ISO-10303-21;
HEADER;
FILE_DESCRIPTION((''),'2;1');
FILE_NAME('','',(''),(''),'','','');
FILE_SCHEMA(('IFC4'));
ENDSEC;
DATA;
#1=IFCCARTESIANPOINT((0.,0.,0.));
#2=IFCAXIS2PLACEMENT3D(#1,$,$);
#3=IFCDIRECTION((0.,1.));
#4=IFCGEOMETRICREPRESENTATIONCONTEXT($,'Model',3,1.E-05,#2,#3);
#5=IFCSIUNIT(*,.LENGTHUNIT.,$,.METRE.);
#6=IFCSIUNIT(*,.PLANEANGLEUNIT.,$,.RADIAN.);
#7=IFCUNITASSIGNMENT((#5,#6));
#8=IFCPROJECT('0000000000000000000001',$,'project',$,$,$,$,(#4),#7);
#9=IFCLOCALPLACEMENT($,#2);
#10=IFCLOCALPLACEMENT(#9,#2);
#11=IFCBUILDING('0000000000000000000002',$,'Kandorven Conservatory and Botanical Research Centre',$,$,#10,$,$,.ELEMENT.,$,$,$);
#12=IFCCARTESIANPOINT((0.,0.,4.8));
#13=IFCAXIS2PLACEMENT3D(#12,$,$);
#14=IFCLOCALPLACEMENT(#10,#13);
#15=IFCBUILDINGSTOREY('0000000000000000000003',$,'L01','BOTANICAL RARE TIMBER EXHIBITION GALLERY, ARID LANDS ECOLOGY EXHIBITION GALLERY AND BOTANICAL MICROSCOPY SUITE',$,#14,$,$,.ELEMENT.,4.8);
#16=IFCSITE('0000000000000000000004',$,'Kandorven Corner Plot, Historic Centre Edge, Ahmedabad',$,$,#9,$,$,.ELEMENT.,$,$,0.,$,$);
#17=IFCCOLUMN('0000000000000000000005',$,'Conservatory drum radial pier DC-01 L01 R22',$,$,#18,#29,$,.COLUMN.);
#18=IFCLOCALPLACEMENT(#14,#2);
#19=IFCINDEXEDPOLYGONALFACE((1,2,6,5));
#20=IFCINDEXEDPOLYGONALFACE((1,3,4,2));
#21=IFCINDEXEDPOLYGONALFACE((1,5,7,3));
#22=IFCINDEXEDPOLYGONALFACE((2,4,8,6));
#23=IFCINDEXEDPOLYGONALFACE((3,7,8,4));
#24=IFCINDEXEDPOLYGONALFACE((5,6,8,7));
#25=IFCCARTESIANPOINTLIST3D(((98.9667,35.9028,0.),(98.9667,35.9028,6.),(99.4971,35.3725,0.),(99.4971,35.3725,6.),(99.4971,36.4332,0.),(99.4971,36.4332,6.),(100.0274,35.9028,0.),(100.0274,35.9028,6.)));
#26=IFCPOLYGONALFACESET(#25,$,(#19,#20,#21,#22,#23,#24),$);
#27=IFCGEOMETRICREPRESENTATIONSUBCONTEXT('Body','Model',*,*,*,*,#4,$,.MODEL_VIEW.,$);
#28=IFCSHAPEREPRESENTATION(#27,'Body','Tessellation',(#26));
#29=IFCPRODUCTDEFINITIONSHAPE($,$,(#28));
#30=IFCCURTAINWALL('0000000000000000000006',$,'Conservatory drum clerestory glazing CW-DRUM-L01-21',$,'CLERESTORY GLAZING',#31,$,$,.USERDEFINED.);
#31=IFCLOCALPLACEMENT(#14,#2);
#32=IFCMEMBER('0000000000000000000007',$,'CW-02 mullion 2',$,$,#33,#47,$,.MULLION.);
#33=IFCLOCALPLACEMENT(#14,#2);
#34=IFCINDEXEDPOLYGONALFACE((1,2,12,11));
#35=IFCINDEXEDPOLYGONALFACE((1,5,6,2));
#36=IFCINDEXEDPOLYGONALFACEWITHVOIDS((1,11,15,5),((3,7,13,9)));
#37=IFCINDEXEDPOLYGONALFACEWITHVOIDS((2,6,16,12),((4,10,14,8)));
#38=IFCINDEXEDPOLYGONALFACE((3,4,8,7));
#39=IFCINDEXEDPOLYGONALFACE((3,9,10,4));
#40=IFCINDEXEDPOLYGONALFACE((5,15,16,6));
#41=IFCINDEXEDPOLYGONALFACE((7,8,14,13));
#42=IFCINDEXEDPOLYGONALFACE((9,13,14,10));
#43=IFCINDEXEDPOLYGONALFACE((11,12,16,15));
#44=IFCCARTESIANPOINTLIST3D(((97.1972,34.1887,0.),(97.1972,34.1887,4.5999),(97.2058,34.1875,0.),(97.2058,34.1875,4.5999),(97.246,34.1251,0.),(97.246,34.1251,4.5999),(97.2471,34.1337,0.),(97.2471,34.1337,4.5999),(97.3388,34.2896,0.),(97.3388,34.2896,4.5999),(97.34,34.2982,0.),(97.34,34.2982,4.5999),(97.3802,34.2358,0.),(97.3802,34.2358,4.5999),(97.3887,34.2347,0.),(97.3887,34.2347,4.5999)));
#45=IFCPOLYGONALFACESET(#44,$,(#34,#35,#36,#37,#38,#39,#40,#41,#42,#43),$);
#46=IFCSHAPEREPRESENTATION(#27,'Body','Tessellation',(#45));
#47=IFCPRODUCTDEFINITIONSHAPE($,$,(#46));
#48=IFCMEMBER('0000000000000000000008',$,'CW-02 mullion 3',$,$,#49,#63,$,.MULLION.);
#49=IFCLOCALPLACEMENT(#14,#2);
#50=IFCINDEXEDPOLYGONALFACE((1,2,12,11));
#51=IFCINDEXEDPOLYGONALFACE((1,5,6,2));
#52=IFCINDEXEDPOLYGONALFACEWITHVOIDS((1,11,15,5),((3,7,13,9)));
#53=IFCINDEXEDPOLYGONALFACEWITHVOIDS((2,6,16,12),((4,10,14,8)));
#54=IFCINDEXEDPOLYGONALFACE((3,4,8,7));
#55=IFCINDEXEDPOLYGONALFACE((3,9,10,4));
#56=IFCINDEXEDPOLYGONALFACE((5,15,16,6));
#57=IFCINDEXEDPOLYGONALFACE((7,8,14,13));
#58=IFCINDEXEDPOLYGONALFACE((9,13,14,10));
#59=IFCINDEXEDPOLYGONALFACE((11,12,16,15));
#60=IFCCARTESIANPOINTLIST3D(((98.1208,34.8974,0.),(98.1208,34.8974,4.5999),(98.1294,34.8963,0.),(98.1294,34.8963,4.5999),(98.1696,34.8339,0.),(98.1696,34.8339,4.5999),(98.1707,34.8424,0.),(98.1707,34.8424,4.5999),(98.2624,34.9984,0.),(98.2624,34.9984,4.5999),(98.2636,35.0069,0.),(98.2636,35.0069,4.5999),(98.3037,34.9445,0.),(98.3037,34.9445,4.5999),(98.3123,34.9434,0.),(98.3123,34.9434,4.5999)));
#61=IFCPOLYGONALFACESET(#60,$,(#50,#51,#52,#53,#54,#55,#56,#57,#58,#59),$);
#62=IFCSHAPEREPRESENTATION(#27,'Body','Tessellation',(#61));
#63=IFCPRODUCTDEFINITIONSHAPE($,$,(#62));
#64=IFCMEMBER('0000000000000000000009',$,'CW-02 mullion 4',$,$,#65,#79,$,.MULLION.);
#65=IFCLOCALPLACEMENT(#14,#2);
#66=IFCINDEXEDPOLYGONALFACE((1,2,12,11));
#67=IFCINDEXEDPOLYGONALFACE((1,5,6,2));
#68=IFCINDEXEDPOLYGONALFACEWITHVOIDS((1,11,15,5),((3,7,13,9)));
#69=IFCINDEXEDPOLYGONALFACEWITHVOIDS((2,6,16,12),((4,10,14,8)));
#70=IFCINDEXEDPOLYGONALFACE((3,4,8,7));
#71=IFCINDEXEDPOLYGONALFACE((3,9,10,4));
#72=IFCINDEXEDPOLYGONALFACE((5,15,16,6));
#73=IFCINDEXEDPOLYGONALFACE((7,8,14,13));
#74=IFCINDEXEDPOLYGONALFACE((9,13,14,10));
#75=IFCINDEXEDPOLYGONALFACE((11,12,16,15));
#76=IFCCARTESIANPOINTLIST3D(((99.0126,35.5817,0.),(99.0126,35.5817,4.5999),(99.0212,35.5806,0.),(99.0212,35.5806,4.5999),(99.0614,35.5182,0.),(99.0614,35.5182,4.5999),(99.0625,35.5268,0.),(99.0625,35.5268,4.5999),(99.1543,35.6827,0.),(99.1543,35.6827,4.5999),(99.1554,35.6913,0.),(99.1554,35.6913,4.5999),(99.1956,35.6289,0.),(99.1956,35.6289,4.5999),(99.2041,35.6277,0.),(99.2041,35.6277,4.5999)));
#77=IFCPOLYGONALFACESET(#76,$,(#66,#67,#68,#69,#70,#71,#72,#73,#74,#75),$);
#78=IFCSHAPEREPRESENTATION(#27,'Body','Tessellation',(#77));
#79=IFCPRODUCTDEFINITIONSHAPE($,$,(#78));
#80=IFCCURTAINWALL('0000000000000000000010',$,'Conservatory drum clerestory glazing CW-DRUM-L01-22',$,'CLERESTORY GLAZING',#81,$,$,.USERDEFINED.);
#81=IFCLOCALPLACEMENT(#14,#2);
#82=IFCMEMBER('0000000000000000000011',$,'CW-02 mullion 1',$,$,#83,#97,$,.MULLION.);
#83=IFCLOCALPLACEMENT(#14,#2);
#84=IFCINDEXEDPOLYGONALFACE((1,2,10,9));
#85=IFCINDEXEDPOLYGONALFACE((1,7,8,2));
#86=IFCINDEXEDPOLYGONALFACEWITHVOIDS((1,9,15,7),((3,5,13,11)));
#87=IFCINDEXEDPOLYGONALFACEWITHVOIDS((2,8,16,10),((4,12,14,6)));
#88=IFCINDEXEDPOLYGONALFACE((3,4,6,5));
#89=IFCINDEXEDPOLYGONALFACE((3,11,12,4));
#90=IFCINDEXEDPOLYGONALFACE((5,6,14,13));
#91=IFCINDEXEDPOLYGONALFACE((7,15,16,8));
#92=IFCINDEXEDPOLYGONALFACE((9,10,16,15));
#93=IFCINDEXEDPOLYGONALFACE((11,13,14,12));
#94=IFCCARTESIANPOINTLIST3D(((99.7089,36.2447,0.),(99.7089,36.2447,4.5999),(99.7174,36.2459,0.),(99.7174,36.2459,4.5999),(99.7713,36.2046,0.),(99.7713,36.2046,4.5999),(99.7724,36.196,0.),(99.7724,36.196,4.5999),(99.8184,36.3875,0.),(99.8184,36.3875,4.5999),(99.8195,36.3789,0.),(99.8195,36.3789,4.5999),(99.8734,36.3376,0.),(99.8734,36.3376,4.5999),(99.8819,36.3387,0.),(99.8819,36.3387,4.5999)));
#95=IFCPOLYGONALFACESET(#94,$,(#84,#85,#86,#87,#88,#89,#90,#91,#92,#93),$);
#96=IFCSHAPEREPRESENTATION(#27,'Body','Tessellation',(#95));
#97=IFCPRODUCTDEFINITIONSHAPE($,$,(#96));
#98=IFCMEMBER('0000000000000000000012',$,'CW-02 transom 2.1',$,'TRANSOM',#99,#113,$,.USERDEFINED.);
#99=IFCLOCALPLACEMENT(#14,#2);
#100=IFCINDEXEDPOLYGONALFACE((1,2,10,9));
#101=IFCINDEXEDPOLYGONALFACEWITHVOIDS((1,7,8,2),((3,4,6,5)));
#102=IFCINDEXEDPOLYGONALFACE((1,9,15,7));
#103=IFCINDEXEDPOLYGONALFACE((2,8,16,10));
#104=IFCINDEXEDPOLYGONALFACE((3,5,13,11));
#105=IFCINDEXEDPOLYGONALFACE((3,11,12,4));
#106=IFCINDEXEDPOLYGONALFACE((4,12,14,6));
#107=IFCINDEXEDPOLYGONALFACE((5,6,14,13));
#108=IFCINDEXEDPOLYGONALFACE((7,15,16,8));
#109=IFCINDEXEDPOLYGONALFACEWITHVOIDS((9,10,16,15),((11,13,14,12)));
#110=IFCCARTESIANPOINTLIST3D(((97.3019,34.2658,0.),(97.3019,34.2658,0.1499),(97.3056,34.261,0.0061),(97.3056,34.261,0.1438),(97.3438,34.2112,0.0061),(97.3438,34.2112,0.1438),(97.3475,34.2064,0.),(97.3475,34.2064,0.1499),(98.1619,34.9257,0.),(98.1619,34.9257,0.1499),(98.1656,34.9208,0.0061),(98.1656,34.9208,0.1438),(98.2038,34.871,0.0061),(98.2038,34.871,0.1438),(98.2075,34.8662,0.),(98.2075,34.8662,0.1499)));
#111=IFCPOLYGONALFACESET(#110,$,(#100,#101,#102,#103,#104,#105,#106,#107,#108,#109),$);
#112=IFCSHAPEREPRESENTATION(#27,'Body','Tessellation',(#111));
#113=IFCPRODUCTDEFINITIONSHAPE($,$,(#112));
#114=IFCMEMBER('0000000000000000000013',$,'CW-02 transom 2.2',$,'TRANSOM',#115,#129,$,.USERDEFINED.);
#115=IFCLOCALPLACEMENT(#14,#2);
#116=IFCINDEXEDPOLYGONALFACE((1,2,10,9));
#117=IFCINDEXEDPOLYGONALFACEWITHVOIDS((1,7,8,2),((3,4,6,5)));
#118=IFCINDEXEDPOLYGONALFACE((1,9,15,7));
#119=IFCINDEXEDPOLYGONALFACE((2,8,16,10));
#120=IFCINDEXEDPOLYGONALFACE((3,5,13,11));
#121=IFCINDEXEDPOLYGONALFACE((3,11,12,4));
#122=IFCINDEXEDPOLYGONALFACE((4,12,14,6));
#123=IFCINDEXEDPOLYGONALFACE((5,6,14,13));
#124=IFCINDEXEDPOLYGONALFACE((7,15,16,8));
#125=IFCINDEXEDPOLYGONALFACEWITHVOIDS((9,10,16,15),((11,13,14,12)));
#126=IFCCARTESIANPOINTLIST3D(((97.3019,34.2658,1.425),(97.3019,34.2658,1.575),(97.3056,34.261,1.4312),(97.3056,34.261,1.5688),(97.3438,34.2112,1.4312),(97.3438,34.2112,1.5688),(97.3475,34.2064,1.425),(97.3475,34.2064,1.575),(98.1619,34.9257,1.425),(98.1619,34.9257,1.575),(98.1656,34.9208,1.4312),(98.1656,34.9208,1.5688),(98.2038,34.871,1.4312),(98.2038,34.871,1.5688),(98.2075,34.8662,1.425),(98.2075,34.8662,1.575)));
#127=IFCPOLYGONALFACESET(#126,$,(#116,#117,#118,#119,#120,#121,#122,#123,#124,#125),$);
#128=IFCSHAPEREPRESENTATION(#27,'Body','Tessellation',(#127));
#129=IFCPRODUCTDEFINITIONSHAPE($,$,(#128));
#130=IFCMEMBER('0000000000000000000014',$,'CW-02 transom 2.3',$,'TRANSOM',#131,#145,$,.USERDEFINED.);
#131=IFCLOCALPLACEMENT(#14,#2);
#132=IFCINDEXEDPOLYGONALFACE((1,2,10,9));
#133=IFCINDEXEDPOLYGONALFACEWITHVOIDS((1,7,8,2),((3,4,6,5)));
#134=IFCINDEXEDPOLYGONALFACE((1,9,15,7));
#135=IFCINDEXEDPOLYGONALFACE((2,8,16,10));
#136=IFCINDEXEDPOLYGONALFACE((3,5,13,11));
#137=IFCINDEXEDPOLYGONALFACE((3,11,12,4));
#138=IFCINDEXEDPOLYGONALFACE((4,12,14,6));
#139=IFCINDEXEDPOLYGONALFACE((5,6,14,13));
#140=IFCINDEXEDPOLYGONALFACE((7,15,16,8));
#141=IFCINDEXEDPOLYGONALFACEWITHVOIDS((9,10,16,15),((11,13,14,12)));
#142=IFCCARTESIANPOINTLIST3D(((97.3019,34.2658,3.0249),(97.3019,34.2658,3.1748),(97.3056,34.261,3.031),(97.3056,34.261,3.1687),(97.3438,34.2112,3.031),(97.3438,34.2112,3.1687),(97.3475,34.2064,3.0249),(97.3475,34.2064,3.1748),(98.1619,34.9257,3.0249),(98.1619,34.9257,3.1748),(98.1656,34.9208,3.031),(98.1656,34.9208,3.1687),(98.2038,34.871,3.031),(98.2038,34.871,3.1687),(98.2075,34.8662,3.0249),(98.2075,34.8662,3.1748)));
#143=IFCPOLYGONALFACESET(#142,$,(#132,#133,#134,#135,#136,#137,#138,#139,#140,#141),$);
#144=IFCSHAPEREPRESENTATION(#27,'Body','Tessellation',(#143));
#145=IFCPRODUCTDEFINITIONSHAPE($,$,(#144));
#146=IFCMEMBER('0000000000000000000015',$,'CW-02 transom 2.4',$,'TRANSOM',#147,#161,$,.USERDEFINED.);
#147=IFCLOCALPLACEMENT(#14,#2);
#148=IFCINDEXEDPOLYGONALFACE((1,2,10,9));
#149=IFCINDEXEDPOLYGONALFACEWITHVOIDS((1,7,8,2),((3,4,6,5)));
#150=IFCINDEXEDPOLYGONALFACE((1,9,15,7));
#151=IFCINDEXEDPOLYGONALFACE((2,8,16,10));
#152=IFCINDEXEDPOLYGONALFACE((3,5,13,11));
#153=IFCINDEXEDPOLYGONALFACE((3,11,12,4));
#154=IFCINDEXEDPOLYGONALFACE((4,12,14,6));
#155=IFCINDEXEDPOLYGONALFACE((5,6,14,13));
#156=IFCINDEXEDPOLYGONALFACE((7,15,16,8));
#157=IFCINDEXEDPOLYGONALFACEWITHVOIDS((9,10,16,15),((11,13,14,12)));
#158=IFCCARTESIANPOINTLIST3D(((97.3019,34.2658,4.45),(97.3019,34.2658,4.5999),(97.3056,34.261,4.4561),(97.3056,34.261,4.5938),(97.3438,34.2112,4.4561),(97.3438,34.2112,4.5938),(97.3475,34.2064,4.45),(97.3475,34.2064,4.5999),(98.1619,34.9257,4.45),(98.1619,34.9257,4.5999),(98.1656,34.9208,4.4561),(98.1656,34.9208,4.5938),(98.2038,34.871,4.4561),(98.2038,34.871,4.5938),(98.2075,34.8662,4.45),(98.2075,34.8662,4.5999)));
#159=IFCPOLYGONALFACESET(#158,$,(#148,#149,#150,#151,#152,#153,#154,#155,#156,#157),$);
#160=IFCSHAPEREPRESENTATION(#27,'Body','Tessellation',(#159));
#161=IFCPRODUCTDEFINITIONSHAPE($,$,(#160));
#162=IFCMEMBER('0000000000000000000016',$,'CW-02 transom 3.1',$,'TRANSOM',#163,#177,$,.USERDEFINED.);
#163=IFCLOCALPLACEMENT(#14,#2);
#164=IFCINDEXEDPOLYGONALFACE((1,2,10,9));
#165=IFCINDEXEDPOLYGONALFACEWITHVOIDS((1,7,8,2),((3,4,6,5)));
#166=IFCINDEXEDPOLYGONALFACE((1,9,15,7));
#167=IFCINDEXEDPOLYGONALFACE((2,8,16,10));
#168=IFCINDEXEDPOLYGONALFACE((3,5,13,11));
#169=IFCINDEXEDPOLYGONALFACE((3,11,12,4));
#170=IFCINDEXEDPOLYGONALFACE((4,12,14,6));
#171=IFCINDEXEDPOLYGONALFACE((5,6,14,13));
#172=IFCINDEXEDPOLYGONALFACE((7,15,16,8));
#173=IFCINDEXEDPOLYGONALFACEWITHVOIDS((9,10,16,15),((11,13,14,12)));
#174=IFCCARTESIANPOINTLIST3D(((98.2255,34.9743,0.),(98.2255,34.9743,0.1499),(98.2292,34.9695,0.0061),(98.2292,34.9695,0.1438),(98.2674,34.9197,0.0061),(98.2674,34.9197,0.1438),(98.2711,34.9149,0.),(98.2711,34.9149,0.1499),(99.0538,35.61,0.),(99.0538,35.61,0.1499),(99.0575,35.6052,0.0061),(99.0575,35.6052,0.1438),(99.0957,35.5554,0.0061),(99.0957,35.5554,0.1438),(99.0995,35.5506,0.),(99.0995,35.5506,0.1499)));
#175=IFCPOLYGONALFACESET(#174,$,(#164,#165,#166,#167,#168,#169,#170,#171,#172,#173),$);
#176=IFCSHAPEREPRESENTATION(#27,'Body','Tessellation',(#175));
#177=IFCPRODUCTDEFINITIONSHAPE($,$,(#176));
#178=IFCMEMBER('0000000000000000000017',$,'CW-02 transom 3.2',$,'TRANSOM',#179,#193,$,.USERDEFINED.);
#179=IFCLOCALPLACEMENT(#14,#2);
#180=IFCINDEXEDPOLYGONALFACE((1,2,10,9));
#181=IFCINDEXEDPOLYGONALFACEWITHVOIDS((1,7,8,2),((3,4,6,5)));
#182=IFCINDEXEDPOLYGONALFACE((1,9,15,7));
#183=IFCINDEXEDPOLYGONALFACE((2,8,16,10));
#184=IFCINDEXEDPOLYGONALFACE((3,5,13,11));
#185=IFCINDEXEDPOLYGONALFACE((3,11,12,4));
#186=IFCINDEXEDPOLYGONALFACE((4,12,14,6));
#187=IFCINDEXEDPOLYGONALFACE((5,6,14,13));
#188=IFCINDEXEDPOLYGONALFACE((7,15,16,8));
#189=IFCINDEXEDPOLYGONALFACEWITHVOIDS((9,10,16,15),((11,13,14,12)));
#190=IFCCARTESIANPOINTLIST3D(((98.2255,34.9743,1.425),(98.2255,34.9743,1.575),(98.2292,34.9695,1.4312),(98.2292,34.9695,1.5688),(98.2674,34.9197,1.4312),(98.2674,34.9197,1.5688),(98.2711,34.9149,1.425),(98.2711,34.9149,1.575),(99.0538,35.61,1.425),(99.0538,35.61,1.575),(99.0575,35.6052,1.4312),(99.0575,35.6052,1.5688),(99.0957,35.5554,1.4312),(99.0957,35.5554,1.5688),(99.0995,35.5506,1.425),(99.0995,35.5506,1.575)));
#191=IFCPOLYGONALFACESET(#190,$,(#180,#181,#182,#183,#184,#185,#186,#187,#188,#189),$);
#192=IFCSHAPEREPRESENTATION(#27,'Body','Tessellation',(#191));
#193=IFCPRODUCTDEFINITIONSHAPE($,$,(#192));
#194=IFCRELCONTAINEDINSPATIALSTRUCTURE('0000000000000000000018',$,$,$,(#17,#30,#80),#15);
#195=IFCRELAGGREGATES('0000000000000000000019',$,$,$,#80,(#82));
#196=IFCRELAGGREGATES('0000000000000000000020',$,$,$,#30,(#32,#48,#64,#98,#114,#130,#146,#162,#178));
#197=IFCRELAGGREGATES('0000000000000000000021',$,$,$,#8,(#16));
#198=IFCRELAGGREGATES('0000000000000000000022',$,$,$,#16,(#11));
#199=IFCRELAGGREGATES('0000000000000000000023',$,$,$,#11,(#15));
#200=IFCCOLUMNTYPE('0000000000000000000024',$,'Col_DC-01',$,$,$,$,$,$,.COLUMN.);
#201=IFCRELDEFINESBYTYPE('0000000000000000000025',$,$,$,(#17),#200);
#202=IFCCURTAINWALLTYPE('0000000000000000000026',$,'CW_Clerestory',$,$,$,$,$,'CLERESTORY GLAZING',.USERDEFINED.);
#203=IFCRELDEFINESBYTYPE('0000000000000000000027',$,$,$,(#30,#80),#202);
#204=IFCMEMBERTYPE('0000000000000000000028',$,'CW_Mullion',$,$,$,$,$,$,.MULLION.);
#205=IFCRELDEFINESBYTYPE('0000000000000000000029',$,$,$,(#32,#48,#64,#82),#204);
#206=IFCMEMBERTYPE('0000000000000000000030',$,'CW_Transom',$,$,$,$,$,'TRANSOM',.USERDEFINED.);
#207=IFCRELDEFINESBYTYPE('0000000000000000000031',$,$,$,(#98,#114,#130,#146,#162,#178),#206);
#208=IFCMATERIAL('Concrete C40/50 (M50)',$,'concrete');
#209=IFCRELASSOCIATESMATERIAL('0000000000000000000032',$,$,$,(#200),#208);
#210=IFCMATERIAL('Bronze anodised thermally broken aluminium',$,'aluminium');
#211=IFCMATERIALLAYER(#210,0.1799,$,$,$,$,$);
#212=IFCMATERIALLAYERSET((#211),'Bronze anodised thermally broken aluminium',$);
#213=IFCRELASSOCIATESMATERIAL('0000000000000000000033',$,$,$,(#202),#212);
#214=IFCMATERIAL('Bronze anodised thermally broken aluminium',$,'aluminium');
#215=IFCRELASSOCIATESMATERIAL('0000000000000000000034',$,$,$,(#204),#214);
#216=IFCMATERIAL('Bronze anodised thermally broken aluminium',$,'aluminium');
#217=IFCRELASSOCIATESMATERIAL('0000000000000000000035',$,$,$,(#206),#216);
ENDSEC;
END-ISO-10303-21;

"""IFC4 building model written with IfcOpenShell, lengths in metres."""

from ifc_helpers import new_model, si_unit, direction, frame, origin, origin_2d, place, context, subcontext, project, spatial, rectangle, hollow_rectangle, extrude, material, layer, layer_set, material_profile, profile_set, type_object, element, aggregate, save


model = new_model("IFC4")

# Units and contexts
model_context = context("Model", 3, precision=1e-05, world=origin(), true_north=direction((0.0, 1.0)))
body_context = subcontext(model_context, "Body", "Model", "MODEL_VIEW")
ifc_project = project(units=[si_unit("LENGTHUNIT", "METRE"), si_unit("PLANEANGLEUNIT", "RADIAN")], contexts=[model_context])

# Site, building, storey
site_placement = place(None, origin())
site = spatial("IfcSite", under=ifc_project, at=site_placement, Name="Kandorven Corner Plot, Historic Centre Edge, Ahmedabad", CompositionType="ELEMENT", RefElevation=0.0)
building_placement = place(site_placement, origin())
building = spatial("IfcBuilding", under=site, at=building_placement, Name="Kandorven Conservatory and Botanical Research Centre", CompositionType="ELEMENT")
storey_placement = place(building_placement, frame((0.0, 0.0, 4.8)))
storey = spatial("IfcBuildingStorey", under=building, at=storey_placement, Name="L01", Description="BOTANICAL RARE TIMBER EXHIBITION GALLERY, ARID LANDS ECOLOGY EXHIBITION GALLERY AND BOTANICAL MICROSCOPY SUITE", CompositionType="ELEMENT", Elevation=4.8)

# Column
ifc_material_1 = material(Name="Concrete C40/50 (M50)", Category="concrete")
ifc_material_profile_1 = material_profile(ifc_material_1, rectangle(XDim=0.75, YDim=0.75, at=origin_2d()))
ifc_profile_set_1 = profile_set([ifc_material_profile_1], Name="Concrete C40/50 (M50)")
column_type = type_object("IfcColumnType", Name="Col_DC-01", PredefinedType="COLUMN", material=ifc_profile_set_1)
column_placement = place(storey_placement, frame((99.4971, 35.9028, 0.0), z_axis=(0.0, 0.0, 1.0), x_axis=(0.707107, -0.707107, 0.0)))
element("IfcColumn", 1, at=column_placement, inside=storey, type_object=column_type, Name="Conservatory drum radial pier DC-01 L01 R22", PredefinedType="COLUMN", context=body_context, shape_type="SweptSolid", body=[
    extrude(rectangle(XDim=0.75, YDim=0.75, at=origin_2d()), origin(), (0.0, 0.0, 1.0), 6.0),
])

# Curtain wall, members
ifc_material_2 = material(Name="Bronze anodised thermally broken aluminium", Category="aluminium")
ifc_layer_1 = layer(ifc_material_2, 0.1799)
ifc_layer_set_1 = layer_set([ifc_layer_1], Name="Bronze anodised thermally broken aluminium")
curtain_wall_type = type_object("IfcCurtainWallType", Name="CW_Clerestory", ElementType="CLERESTORY GLAZING", PredefinedType="USERDEFINED", material=ifc_layer_set_1)
curtain_wall_1_placement = place(storey_placement, origin())
curtain_wall_1 = element("IfcCurtainWall", 2, at=curtain_wall_1_placement, inside=storey, type_object=curtain_wall_type, Name="Conservatory drum clerestory glazing CW-DRUM-L01-21", ObjectType="CLERESTORY GLAZING", PredefinedType="USERDEFINED")
ifc_material_3 = material(Name="Bronze anodised thermally broken aluminium", Category="aluminium")
ifc_material_profile_2 = material_profile(ifc_material_3, hollow_rectangle(XDim=0.0801, YDim=0.1799, WallThickness=0.0061, at=origin_2d()))
ifc_profile_set_2 = profile_set([ifc_material_profile_2], Name="Bronze anodised thermally broken aluminium")
member_type_1 = type_object("IfcMemberType", Name="CW_Mullion", PredefinedType="MULLION", material=ifc_profile_set_2)
member_1_placement = place(storey_placement, frame((97.293, 34.2117, 0.0), z_axis=(0.0, 0.0, 1.0), x_axis=(-0.608769, 0.793347, 0.0)))
member_1 = element("IfcMember", 3, at=member_1_placement, type_object=member_type_1, Name="CW-02 mullion 2", PredefinedType="MULLION", context=body_context, shape_type="SweptSolid", body=[
    extrude(hollow_rectangle(XDim=0.0801, YDim=0.1799, WallThickness=0.0061, at=origin_2d()), origin(), (0.0, 0.0, 1.0), 4.5999),
])
member_2_placement = place(storey_placement, frame((98.2166, 34.9204, 0.0), z_axis=(0.0, 0.0, 1.0), x_axis=(-0.608769, 0.793347, 0.0)))
member_2 = element("IfcMember", 4, at=member_2_placement, type_object=member_type_1, Name="CW-02 mullion 3", PredefinedType="MULLION", context=body_context, shape_type="SweptSolid", body=[
    extrude(hollow_rectangle(XDim=0.0801, YDim=0.1799, WallThickness=0.0061, at=origin_2d()), origin(), (0.0, 0.0, 1.0), 4.5999),
])
member_3_placement = place(storey_placement, frame((99.1084, 35.6047, 0.0), z_axis=(0.0, 0.0, 1.0), x_axis=(-0.608769, 0.793347, 0.0)))
member_3 = element("IfcMember", 5, at=member_3_placement, type_object=member_type_1, Name="CW-02 mullion 4", PredefinedType="MULLION", context=body_context, shape_type="SweptSolid", body=[
    extrude(hollow_rectangle(XDim=0.0801, YDim=0.1799, WallThickness=0.0061, at=origin_2d()), origin(), (0.0, 0.0, 1.0), 4.5999),
])

# Curtain wall, member
curtain_wall_2_placement = place(storey_placement, origin())
curtain_wall_2 = element("IfcCurtainWall", 6, at=curtain_wall_2_placement, inside=storey, type_object=curtain_wall_type, Name="Conservatory drum clerestory glazing CW-DRUM-L01-22", ObjectType="CLERESTORY GLAZING", PredefinedType="USERDEFINED")
member_4_placement = place(storey_placement, frame((99.7954, 36.2917, 0.0), z_axis=(0.0, 0.0, 1.0), x_axis=(-0.793347, 0.608769, 0.0)))
member_4 = element("IfcMember", 7, at=member_4_placement, type_object=member_type_1, Name="CW-02 mullion 1", PredefinedType="MULLION", context=body_context, shape_type="SweptSolid", body=[
    extrude(hollow_rectangle(XDim=0.0801, YDim=0.1799, WallThickness=0.0061, at=origin_2d()), origin(), (0.0, 0.0, 1.0), 4.5999),
])

# Members
ifc_material_4 = material(Name="Bronze anodised thermally broken aluminium", Category="aluminium")
ifc_material_profile_3 = material_profile(ifc_material_4, hollow_rectangle(XDim=0.075, YDim=0.1499, WallThickness=0.0061, at=origin_2d()))
ifc_profile_set_3 = profile_set([ifc_material_profile_3], Name="Bronze anodised thermally broken aluminium")
member_type_2 = type_object("IfcMemberType", Name="CW_Transom", ElementType="TRANSOM", PredefinedType="USERDEFINED", material=ifc_profile_set_3)
member_5_placement = place(storey_placement, frame((97.3247, 34.2361, 0.075), z_axis=(0.793385, 0.60872, 0.0), x_axis=(-0.60872, 0.793385, 0.0)))
member_5 = element("IfcMember", 8, at=member_5_placement, type_object=member_type_2, Name="CW-02 transom 2.1", ObjectType="TRANSOM", PredefinedType="USERDEFINED", context=body_context, shape_type="SweptSolid", body=[
    extrude(hollow_rectangle(XDim=0.075, YDim=0.1499, WallThickness=0.0061, at=origin_2d()), origin(), (0.0, 0.0, 1.0), 1.084),
])
member_6_placement = place(storey_placement, frame((97.3247, 34.2361, 1.5), z_axis=(0.793385, 0.60872, 0.0), x_axis=(-0.60872, 0.793385, 0.0)))
member_6 = element("IfcMember", 9, at=member_6_placement, type_object=member_type_2, Name="CW-02 transom 2.2", ObjectType="TRANSOM", PredefinedType="USERDEFINED", context=body_context, shape_type="SweptSolid", body=[
    extrude(hollow_rectangle(XDim=0.075, YDim=0.1499, WallThickness=0.0061, at=origin_2d()), origin(), (0.0, 0.0, 1.0), 1.084),
])
member_7_placement = place(storey_placement, frame((97.3247, 34.2361, 3.0999), z_axis=(0.793385, 0.60872, 0.0), x_axis=(-0.60872, 0.793385, 0.0)))
member_7 = element("IfcMember", 10, at=member_7_placement, type_object=member_type_2, Name="CW-02 transom 2.3", ObjectType="TRANSOM", PredefinedType="USERDEFINED", context=body_context, shape_type="SweptSolid", body=[
    extrude(hollow_rectangle(XDim=0.075, YDim=0.1499, WallThickness=0.0061, at=origin_2d()), origin(), (0.0, 0.0, 1.0), 1.084),
])
member_8_placement = place(storey_placement, frame((97.3247, 34.2361, 4.5249), z_axis=(0.793385, 0.60872, 0.0), x_axis=(-0.60872, 0.793385, 0.0)))
member_8 = element("IfcMember", 11, at=member_8_placement, type_object=member_type_2, Name="CW-02 transom 2.4", ObjectType="TRANSOM", PredefinedType="USERDEFINED", context=body_context, shape_type="SweptSolid", body=[
    extrude(hollow_rectangle(XDim=0.075, YDim=0.1499, WallThickness=0.0061, at=origin_2d()), origin(), (0.0, 0.0, 1.0), 1.084),
])
member_9_placement = place(storey_placement, frame((98.2483, 34.9446, 0.075), z_axis=(0.793301, 0.608829, 0.0), x_axis=(-0.608829, 0.793301, 0.0)))
member_9 = element("IfcMember", 12, at=member_9_placement, type_object=member_type_2, Name="CW-02 transom 3.1", ObjectType="TRANSOM", PredefinedType="USERDEFINED", context=body_context, shape_type="SweptSolid", body=[
    extrude(hollow_rectangle(XDim=0.075, YDim=0.1499, WallThickness=0.0061, at=origin_2d()), origin(), (0.0, 0.0, 1.0), 1.0442),
])
member_10_placement = place(storey_placement, frame((98.2483, 34.9446, 1.5), z_axis=(0.793301, 0.608829, 0.0), x_axis=(-0.608829, 0.793301, 0.0)))
member_10 = element("IfcMember", 13, at=member_10_placement, type_object=member_type_2, Name="CW-02 transom 3.2", ObjectType="TRANSOM", PredefinedType="USERDEFINED", context=body_context, shape_type="SweptSolid", body=[
    extrude(hollow_rectangle(XDim=0.075, YDim=0.1499, WallThickness=0.0061, at=origin_2d()), origin(), (0.0, 0.0, 1.0), 1.0442),
])
aggregate(curtain_wall_2, [member_4])

aggregate(curtain_wall_1, [member_1, member_2, member_3, member_5, member_6, member_7, member_8, member_9, member_10])

save(model, "model.ifc")
